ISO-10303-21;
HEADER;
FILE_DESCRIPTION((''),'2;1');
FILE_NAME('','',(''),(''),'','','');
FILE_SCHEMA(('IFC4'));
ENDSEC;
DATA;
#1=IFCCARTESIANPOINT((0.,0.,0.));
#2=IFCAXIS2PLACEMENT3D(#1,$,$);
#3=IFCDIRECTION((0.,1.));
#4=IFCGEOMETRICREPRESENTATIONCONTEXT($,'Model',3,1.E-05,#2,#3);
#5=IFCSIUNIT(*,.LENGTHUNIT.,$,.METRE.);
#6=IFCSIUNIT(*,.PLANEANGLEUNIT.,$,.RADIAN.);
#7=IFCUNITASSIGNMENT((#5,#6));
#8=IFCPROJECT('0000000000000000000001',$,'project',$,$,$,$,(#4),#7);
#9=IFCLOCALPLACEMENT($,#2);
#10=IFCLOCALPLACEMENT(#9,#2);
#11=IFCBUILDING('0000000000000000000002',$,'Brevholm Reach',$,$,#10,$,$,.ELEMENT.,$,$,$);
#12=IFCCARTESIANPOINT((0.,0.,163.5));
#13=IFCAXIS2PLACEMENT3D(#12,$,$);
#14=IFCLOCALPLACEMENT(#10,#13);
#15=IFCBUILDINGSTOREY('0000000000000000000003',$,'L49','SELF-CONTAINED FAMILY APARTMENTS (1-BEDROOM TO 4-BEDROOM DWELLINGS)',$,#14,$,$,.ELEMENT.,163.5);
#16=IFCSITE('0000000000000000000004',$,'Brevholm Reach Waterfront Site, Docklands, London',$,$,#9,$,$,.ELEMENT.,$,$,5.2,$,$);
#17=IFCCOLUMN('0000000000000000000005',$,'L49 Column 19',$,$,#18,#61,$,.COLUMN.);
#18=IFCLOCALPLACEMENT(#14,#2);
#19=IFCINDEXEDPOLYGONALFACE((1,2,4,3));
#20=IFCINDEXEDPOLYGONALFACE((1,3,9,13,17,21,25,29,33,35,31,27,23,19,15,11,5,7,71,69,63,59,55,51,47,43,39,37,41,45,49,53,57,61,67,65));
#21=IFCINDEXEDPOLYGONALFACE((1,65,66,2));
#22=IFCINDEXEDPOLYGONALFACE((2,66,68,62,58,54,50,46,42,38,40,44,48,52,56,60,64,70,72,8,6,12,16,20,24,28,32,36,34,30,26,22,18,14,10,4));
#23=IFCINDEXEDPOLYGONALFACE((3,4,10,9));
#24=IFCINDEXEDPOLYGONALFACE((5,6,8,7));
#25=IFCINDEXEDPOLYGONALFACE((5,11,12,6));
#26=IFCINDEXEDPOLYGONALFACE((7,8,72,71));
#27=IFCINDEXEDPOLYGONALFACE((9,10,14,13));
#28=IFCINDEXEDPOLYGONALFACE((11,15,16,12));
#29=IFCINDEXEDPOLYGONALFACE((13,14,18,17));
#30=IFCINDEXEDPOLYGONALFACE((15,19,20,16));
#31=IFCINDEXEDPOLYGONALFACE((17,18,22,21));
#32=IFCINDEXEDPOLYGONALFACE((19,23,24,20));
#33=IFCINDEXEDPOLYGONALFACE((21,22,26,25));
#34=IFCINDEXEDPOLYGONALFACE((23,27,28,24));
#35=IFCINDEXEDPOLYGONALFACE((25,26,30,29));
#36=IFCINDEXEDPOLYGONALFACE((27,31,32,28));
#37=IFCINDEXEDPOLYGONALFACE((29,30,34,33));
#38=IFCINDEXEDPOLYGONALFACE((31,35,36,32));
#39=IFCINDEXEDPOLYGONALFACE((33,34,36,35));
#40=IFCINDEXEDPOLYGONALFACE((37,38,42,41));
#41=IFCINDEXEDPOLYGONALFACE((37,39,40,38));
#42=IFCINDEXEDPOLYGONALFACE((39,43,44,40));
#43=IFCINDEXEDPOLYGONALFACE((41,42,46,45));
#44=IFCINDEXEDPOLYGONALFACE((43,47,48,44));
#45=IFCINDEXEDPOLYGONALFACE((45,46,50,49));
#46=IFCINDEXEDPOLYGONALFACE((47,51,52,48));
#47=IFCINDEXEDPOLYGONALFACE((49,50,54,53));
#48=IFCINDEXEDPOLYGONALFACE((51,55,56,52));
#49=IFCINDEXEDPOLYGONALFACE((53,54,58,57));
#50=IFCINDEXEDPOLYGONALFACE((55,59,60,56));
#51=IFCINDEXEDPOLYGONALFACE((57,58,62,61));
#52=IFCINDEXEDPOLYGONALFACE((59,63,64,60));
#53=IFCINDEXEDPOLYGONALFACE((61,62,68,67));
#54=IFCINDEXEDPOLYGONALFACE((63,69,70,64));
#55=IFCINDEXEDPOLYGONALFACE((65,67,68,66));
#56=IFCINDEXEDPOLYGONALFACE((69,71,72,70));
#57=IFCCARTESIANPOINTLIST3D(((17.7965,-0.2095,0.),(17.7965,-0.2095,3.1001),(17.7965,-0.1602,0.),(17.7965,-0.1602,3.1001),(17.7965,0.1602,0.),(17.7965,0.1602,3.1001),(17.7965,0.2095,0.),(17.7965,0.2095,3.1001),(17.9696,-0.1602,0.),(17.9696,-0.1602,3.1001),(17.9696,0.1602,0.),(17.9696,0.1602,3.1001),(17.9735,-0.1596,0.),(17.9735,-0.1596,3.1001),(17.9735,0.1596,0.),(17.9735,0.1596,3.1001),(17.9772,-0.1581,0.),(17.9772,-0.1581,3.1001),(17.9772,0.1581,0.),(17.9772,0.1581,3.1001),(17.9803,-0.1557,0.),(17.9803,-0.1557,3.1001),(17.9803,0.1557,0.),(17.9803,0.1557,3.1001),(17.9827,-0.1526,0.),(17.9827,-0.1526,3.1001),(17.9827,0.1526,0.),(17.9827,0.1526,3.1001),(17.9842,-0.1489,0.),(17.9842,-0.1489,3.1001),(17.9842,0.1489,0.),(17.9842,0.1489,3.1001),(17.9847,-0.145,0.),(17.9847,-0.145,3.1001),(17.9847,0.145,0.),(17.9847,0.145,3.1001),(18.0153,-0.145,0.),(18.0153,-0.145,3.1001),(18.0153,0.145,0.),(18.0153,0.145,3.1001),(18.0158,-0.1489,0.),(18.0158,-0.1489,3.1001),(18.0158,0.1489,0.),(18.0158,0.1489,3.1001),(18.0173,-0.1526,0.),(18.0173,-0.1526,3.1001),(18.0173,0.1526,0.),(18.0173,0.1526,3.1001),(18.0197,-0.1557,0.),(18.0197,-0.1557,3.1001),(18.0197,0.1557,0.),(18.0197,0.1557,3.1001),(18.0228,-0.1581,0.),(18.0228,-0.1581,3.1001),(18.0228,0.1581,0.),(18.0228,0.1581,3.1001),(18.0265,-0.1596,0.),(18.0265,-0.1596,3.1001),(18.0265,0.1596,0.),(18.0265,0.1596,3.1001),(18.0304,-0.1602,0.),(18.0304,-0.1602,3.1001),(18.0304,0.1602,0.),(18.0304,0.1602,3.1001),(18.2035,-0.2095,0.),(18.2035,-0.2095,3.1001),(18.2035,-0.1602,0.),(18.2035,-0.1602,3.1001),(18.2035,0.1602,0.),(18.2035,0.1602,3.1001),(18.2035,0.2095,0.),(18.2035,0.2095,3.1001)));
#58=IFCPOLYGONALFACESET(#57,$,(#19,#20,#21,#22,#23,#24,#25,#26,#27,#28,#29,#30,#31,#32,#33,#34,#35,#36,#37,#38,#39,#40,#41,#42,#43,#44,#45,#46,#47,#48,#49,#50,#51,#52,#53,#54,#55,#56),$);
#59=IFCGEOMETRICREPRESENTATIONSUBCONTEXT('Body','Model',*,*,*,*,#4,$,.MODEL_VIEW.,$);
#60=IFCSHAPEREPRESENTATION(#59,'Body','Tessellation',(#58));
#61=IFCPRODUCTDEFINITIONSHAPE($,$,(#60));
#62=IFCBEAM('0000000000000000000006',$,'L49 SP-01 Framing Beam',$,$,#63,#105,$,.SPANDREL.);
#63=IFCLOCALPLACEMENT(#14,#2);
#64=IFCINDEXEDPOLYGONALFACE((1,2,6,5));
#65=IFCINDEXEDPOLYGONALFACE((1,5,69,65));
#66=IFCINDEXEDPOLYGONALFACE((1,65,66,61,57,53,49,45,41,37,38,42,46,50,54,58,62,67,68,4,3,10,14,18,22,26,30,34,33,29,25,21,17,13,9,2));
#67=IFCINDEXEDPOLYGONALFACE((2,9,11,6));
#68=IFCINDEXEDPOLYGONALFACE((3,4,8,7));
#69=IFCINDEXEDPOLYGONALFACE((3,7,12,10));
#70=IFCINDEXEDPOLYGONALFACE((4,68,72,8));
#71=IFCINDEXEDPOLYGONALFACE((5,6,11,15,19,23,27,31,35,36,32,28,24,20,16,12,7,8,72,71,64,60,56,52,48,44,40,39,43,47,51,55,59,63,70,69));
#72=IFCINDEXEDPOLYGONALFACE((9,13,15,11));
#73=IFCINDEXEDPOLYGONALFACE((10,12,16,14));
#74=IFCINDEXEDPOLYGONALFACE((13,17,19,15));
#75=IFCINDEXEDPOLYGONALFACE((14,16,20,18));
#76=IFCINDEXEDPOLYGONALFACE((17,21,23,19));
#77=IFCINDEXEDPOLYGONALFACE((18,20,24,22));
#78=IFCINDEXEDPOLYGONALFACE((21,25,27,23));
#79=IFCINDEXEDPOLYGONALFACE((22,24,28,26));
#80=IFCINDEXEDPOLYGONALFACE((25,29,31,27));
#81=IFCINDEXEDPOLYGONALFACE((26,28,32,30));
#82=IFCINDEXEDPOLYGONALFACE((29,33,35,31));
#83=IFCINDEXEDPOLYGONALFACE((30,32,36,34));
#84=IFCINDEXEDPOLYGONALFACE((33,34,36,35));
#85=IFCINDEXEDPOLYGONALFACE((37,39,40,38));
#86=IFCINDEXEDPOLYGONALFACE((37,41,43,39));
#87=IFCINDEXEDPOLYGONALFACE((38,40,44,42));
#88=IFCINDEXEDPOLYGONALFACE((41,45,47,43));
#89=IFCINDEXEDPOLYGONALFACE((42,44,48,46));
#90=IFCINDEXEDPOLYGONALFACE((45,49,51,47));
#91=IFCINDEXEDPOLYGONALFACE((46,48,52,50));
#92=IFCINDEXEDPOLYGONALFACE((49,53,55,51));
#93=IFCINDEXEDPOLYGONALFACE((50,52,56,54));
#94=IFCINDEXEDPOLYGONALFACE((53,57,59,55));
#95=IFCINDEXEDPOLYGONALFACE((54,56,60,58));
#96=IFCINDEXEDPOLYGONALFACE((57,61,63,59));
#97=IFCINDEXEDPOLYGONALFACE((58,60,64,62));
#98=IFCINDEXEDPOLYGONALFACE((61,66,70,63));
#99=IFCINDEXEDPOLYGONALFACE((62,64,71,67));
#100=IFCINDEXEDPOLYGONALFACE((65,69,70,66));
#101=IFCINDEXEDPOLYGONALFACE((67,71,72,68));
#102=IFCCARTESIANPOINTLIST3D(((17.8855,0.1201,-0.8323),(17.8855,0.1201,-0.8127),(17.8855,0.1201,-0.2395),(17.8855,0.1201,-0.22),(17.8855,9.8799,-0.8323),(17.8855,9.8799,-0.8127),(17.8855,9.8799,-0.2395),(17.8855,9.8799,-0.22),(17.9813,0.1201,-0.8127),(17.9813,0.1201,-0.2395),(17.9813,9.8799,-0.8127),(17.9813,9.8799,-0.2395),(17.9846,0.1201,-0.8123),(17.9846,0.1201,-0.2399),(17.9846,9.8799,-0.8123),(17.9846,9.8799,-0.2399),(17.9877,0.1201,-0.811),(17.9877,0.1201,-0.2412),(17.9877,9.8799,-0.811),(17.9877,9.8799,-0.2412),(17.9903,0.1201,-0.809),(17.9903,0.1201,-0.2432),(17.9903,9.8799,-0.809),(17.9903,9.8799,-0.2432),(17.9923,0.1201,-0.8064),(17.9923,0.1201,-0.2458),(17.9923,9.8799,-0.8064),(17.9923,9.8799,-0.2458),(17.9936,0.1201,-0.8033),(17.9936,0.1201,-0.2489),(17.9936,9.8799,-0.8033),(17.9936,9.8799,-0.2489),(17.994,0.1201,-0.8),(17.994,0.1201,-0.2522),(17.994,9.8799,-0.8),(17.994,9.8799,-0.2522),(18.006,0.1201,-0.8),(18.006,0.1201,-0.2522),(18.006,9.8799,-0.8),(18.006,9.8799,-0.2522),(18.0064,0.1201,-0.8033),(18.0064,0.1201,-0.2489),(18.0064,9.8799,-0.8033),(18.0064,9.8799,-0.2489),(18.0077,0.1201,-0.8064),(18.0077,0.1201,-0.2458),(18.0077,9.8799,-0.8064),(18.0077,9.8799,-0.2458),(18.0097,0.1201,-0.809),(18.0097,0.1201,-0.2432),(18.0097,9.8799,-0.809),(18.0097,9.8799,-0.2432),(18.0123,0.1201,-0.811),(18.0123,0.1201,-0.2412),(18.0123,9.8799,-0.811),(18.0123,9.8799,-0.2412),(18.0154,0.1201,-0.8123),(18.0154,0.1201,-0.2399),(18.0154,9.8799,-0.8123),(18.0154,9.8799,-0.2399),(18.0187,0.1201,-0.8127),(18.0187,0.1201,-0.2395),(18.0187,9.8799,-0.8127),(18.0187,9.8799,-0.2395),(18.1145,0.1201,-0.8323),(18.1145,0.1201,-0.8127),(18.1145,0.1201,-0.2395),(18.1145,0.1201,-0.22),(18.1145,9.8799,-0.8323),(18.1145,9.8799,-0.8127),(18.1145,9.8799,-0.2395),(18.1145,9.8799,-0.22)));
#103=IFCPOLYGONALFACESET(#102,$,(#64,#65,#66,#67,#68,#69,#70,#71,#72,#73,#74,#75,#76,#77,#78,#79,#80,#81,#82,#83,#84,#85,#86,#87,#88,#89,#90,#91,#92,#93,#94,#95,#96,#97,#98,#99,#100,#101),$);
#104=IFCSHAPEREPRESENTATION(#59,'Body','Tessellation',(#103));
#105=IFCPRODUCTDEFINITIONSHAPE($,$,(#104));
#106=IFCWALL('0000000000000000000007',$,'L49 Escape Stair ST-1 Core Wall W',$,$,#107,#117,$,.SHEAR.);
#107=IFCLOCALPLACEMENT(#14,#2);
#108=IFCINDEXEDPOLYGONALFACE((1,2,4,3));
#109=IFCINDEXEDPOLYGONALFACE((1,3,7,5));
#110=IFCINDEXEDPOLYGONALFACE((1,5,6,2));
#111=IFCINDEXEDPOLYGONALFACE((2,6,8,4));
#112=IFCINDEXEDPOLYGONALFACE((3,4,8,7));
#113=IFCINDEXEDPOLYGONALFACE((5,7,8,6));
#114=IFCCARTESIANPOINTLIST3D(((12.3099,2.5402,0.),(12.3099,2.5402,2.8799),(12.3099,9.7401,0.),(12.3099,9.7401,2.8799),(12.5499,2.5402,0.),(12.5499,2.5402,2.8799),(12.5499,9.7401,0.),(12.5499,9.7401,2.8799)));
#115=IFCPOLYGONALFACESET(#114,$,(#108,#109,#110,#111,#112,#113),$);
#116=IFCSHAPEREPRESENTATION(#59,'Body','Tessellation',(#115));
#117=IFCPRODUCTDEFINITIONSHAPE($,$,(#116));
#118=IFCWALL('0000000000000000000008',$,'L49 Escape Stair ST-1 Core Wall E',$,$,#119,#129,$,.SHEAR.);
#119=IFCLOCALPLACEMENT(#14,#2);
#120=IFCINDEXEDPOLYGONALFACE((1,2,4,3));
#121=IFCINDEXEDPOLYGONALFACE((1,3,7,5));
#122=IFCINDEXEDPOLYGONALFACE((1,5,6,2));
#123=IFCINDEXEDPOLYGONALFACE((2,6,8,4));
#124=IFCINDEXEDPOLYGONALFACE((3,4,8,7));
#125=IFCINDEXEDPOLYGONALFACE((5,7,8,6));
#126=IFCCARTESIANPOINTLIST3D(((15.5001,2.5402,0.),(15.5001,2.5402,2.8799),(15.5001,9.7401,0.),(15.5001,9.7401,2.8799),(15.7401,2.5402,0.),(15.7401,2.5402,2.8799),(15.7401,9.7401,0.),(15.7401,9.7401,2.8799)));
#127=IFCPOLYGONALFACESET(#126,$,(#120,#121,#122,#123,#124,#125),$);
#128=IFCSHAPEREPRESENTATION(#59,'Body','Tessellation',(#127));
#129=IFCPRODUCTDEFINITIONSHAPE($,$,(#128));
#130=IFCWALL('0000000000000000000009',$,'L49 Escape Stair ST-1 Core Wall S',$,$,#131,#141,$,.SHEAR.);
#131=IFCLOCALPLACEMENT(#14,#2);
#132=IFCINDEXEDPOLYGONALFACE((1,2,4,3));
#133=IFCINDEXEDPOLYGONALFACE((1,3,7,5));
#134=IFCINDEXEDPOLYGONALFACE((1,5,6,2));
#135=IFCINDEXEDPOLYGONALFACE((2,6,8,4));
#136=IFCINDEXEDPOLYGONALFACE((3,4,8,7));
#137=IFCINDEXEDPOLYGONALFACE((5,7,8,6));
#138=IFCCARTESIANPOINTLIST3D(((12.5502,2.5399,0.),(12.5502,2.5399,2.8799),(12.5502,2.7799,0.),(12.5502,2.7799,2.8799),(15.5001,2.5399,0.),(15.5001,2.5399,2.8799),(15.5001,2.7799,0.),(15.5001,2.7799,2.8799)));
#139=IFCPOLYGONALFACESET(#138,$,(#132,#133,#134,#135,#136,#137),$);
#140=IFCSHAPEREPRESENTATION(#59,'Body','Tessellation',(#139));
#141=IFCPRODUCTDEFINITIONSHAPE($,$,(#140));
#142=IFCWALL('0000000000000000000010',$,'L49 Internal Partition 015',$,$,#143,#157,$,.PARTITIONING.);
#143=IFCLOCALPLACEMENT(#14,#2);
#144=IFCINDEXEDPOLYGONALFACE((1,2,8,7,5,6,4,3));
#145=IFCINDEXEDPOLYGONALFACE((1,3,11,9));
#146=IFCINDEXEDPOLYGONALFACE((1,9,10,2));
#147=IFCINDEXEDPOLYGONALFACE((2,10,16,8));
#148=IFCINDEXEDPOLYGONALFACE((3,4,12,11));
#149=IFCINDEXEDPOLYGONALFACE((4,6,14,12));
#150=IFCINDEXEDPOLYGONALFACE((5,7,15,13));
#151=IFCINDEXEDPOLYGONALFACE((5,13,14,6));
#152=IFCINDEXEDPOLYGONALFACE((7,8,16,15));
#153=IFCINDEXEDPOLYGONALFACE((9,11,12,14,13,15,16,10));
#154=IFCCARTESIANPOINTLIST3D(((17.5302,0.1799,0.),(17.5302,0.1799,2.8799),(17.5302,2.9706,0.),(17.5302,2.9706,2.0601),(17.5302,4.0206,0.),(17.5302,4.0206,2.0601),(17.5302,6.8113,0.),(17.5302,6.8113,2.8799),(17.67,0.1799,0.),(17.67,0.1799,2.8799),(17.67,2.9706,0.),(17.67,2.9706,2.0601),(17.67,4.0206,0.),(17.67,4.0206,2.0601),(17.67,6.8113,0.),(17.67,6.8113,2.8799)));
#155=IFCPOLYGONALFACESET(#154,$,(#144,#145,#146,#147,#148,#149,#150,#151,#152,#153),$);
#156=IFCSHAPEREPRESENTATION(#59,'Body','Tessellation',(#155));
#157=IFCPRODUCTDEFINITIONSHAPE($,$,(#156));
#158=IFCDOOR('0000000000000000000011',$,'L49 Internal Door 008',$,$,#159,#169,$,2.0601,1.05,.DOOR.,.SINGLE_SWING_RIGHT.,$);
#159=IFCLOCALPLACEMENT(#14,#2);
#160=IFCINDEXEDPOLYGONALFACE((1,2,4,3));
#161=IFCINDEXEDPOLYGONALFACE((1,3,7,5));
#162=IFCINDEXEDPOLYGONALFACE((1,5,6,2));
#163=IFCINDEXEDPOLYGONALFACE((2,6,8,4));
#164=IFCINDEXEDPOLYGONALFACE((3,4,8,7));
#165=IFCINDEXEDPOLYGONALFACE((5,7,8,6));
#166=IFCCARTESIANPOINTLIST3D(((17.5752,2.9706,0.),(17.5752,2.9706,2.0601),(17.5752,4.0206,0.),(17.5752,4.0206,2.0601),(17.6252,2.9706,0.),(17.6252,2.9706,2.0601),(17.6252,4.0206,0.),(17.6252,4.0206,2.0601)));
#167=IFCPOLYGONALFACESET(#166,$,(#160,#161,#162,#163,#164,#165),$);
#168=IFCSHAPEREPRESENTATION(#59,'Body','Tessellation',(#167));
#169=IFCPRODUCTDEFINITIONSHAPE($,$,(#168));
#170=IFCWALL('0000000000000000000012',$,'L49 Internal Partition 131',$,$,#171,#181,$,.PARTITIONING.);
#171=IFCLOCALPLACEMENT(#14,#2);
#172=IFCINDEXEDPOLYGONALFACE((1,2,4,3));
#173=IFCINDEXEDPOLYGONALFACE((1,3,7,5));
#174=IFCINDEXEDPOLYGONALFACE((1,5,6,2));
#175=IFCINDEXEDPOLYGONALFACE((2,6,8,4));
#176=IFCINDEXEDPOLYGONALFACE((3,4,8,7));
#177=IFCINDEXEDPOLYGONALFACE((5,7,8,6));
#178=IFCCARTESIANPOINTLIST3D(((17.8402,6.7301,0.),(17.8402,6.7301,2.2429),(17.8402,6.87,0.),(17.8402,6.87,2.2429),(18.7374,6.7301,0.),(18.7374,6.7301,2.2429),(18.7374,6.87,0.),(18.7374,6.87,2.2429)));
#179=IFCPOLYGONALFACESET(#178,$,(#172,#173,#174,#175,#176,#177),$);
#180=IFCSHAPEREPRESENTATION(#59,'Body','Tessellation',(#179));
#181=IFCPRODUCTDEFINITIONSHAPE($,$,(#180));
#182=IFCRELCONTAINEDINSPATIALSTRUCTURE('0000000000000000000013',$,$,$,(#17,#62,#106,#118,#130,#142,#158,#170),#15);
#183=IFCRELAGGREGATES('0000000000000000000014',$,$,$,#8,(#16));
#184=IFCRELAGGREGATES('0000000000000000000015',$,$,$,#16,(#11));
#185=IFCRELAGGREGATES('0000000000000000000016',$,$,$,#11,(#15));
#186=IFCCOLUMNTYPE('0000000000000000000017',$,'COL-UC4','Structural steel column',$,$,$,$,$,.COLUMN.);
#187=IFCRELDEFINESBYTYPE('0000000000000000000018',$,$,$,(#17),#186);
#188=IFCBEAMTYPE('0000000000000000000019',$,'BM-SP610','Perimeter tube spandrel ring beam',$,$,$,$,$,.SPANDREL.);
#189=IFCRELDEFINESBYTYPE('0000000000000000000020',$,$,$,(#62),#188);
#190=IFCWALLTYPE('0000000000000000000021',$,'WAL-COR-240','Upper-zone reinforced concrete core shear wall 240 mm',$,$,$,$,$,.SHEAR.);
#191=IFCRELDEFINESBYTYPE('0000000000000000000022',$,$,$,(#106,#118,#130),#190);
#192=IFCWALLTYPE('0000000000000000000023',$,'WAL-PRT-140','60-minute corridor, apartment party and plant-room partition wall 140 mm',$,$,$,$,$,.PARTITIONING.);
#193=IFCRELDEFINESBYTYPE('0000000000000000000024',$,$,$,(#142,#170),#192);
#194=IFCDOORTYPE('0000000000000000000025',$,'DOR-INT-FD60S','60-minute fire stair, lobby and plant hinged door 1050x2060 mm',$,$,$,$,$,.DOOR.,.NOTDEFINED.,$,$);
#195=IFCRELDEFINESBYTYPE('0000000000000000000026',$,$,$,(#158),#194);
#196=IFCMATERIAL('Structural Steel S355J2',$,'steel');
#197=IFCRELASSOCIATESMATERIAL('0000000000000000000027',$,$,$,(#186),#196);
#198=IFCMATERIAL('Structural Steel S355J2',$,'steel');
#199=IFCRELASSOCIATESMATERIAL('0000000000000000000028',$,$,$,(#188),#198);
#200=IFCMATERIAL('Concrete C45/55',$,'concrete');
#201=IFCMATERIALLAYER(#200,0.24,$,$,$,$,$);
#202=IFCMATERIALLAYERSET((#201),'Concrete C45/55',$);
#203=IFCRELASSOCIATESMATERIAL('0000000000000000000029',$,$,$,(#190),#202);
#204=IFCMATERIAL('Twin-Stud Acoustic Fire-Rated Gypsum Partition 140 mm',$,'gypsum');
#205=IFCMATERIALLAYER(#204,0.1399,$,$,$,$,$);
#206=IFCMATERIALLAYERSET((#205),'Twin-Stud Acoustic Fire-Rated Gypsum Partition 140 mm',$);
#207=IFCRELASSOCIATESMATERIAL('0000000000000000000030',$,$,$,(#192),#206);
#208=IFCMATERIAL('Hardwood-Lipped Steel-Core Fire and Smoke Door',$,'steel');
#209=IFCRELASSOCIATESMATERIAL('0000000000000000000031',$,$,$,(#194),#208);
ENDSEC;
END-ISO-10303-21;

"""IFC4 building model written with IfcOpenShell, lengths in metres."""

from ifc_helpers import new_model, si_unit, direction, frame, frame_2d, origin, origin_2d, place, context, subcontext, project, spatial, rectangle, i_section, extrude, material, layer, layer_set, material_profile, profile_set, type_object, element, fill, save


model = new_model("IFC4")

# Units and contexts
model_context = context("Model", 3, precision=1e-05, world=origin(), true_north=direction((0.0, 1.0)))
body_context = subcontext(model_context, "Body", "Model", "MODEL_VIEW")
ifc_project = project(units=[si_unit("LENGTHUNIT", "METRE"), si_unit("PLANEANGLEUNIT", "RADIAN")], contexts=[model_context])

# Site, building, storey
site_placement = place(None, origin())
site = spatial("IfcSite", under=ifc_project, at=site_placement, Name="Brevholm Reach Waterfront Site, Docklands, London", CompositionType="ELEMENT", RefElevation=5.2)
building_placement = place(site_placement, origin())
building = spatial("IfcBuilding", under=site, at=building_placement, Name="Brevholm Reach", CompositionType="ELEMENT")
storey_placement = place(building_placement, frame((0.0, 0.0, 163.5)))
storey = spatial("IfcBuildingStorey", under=building, at=storey_placement, Name="L49", Description="SELF-CONTAINED FAMILY APARTMENTS (1-BEDROOM TO 4-BEDROOM DWELLINGS)", CompositionType="ELEMENT", Elevation=163.5)

# Column
ifc_material_1 = material(Name="Structural Steel S355J2", Category="steel")
ifc_material_profile_1 = material_profile(ifc_material_1, i_section(OverallWidth=0.407, OverallDepth=0.4189, WebThickness=0.0305, FlangeThickness=0.0493, FilletRadius=0.0151, at=origin_2d()), Name="UKC 356x406x393")
ifc_profile_set_1 = profile_set([ifc_material_profile_1], Name="Structural Steel S355J2")
column_type = type_object("IfcColumnType", Name="COL-UC4", Description="Structural steel column", PredefinedType="COLUMN", material=ifc_profile_set_1)
column_placement = place(storey_placement, frame((18.0, 0.0, 0.0), z_axis=(0.0, 0.0, 1.0), x_axis=(1.0, 0.0, 0.0)))
element("IfcColumn", 1, at=column_placement, inside=storey, type_object=column_type, Name="L49 Column 19", PredefinedType="COLUMN", context=body_context, shape_type="SweptSolid", body=[
    extrude(i_section(OverallWidth=0.407, OverallDepth=0.4189, WebThickness=0.0305, FlangeThickness=0.0493, FilletRadius=0.0151, at=origin_2d()), origin(), (0.0, 0.0, 1.0), 3.1001),
])

# Beam
ifc_material_2 = material(Name="Structural Steel S355J2", Category="steel")
ifc_material_profile_2 = material_profile(ifc_material_2, i_section(OverallWidth=0.229, OverallDepth=0.6123, WebThickness=0.012, FlangeThickness=0.0195, FilletRadius=0.0127, at=origin_2d()), Name="UKB 610x229x125")
ifc_profile_set_2 = profile_set([ifc_material_profile_2], Name="Structural Steel S355J2")
beam_type = type_object("IfcBeamType", Name="BM-SP610", Description="Perimeter tube spandrel ring beam", PredefinedType="SPANDREL", material=ifc_profile_set_2)
beam_placement = place(storey_placement, frame((18.0, 0.1201, -0.5261), z_axis=(0.0, 1.0, 0.0), x_axis=(-1.0, 0.0, 0.0)))
element("IfcBeam", 2, at=beam_placement, inside=storey, type_object=beam_type, Name="L49 SP-01 Framing Beam", PredefinedType="SPANDREL", context=body_context, shape_type="SweptSolid", body=[
    extrude(i_section(OverallWidth=0.229, OverallDepth=0.6123, WebThickness=0.012, FlangeThickness=0.0195, FilletRadius=0.0127, at=origin_2d()), origin(), (0.0, 0.0, 1.0), 9.7598),
])

# Walls
ifc_material_3 = material(Name="Concrete C45/55", Category="concrete")
ifc_layer_1 = layer(ifc_material_3, 0.24)
ifc_layer_set_1 = layer_set([ifc_layer_1], Name="Concrete C45/55")
wall_type_1 = type_object("IfcWallType", Name="WAL-COR-240", Description="Upper-zone reinforced concrete core shear wall 240 mm", PredefinedType="SHEAR", material=ifc_layer_set_1)
for number, where, z_axis, x_axis, name in (
    (3, (12.4299, 2.54, 0.0), (0.0, 0.0, 1.0), (0.0, 1.0, 0.0), "L49 Escape Stair ST-1 Core Wall W"),
    (4, (15.6201, 2.54, 0.0), (0.0, 0.0, 1.0), (0.0, 1.0, 0.0), "L49 Escape Stair ST-1 Core Wall E"),
):
    element("IfcWall", number, at=place(storey_placement, frame(where, z_axis=z_axis, x_axis=x_axis)), inside=storey, type_object=wall_type_1, Name=name, PredefinedType="SHEAR", context=body_context, shape_type="SweptSolid", body=[
        extrude(rectangle(XDim=7.2, YDim=0.24, at=frame_2d((3.6001, 0.0))), origin(), (0.0, 0.0, 1.0), 2.8799),
    ])
wall_1_placement = place(storey_placement, frame((12.55, 2.6599, 0.0), z_axis=(0.0, 0.0, 1.0), x_axis=(1.0, 0.0, 0.0)))
element("IfcWall", 5, at=wall_1_placement, inside=storey, type_object=wall_type_1, Name="L49 Escape Stair ST-1 Core Wall S", PredefinedType="SHEAR", context=body_context, shape_type="SweptSolid", body=[
    extrude(rectangle(XDim=2.95, YDim=0.24, at=frame_2d((1.4751, 0.0))), origin(), (0.0, 0.0, 1.0), 2.8799),
])

# Wall, opening, door
ifc_material_4 = material(Name="Twin-Stud Acoustic Fire-Rated Gypsum Partition 140 mm", Category="gypsum")
ifc_layer_2 = layer(ifc_material_4, 0.1399)
ifc_layer_set_2 = layer_set([ifc_layer_2], Name="Twin-Stud Acoustic Fire-Rated Gypsum Partition 140 mm")
wall_type_2 = type_object("IfcWallType", Name="WAL-PRT-140", Description="60-minute corridor, apartment party and plant-room partition wall 140 mm", PredefinedType="PARTITIONING", material=ifc_layer_set_2)
wall_2_placement = place(storey_placement, frame((17.6001, 0.1799, 0.0), z_axis=(0.0, 0.0, 1.0), x_axis=(0.0, 1.0, 0.0)))
wall_2 = element("IfcWall", 6, at=wall_2_placement, inside=storey, type_object=wall_type_2, Name="L49 Internal Partition 015", PredefinedType="PARTITIONING", context=body_context, shape_type="SweptSolid", body=[
    extrude(rectangle(XDim=6.6313, YDim=0.1399, at=frame_2d((3.3157, 0.0))), origin(), (0.0, 0.0, 1.0), 2.8799),
])
opening_placement = place(wall_2_placement, frame((2.7908, 0.0, 0.0)))
opening = element("IfcOpeningElement", 7, at=opening_placement, cuts=wall_2, PredefinedType="OPENING", context=body_context, shape_type="SweptSolid", body=[
    extrude(rectangle(XDim=1.05, YDim=2.0601, at=frame_2d((0.5249, 1.03))), frame((0.0, 0.0798, 0.0), z_axis=(0.0, -1.0, 0.0), x_axis=(1.0, 0.0, 0.0)), (0.0, 0.0, 1.0), 0.1599),
])
ifc_material_5 = material(Name="Hardwood-Lipped Steel-Core Fire and Smoke Door", Category="steel")
door_type = type_object("IfcDoorType", Name="DOR-INT-FD60S", Description="60-minute fire stair, lobby and plant hinged door 1050x2060 mm", OperationType="NOTDEFINED", PredefinedType="DOOR", material=ifc_material_5)
door_placement = place(opening_placement, origin())
door = element("IfcDoor", 8, at=door_placement, inside=storey, type_object=door_type, Name="L49 Internal Door 008", OperationType="SINGLE_SWING_RIGHT", OverallHeight=2.0601, OverallWidth=1.05, PredefinedType="DOOR", context=body_context, shape_type="SweptSolid", body=[
    extrude(rectangle(XDim=1.05, YDim=2.0601, at=frame_2d((0.5249, 1.03))), frame((0.0, 0.0249, 0.0), z_axis=(0.0, -1.0, 0.0), x_axis=(1.0, 0.0, 0.0)), (0.0, 0.0, 1.0), 0.05),
])
fill(opening, door)

# Wall
wall_3_placement = place(storey_placement, frame((17.8401, 6.8, 0.0), z_axis=(0.0, 0.0, 1.0), x_axis=(1.0, 0.0, 0.0)))
element("IfcWall", 9, at=wall_3_placement, inside=storey, type_object=wall_type_2, Name="L49 Internal Partition 131", PredefinedType="PARTITIONING", context=body_context, shape_type="SweptSolid", body=[
    extrude(rectangle(XDim=0.8972, YDim=0.1399, at=frame_2d((0.4487, 0.0))), origin(), (0.0, 0.0, 1.0), 2.2429),
])

save(model, "model.ifc")
